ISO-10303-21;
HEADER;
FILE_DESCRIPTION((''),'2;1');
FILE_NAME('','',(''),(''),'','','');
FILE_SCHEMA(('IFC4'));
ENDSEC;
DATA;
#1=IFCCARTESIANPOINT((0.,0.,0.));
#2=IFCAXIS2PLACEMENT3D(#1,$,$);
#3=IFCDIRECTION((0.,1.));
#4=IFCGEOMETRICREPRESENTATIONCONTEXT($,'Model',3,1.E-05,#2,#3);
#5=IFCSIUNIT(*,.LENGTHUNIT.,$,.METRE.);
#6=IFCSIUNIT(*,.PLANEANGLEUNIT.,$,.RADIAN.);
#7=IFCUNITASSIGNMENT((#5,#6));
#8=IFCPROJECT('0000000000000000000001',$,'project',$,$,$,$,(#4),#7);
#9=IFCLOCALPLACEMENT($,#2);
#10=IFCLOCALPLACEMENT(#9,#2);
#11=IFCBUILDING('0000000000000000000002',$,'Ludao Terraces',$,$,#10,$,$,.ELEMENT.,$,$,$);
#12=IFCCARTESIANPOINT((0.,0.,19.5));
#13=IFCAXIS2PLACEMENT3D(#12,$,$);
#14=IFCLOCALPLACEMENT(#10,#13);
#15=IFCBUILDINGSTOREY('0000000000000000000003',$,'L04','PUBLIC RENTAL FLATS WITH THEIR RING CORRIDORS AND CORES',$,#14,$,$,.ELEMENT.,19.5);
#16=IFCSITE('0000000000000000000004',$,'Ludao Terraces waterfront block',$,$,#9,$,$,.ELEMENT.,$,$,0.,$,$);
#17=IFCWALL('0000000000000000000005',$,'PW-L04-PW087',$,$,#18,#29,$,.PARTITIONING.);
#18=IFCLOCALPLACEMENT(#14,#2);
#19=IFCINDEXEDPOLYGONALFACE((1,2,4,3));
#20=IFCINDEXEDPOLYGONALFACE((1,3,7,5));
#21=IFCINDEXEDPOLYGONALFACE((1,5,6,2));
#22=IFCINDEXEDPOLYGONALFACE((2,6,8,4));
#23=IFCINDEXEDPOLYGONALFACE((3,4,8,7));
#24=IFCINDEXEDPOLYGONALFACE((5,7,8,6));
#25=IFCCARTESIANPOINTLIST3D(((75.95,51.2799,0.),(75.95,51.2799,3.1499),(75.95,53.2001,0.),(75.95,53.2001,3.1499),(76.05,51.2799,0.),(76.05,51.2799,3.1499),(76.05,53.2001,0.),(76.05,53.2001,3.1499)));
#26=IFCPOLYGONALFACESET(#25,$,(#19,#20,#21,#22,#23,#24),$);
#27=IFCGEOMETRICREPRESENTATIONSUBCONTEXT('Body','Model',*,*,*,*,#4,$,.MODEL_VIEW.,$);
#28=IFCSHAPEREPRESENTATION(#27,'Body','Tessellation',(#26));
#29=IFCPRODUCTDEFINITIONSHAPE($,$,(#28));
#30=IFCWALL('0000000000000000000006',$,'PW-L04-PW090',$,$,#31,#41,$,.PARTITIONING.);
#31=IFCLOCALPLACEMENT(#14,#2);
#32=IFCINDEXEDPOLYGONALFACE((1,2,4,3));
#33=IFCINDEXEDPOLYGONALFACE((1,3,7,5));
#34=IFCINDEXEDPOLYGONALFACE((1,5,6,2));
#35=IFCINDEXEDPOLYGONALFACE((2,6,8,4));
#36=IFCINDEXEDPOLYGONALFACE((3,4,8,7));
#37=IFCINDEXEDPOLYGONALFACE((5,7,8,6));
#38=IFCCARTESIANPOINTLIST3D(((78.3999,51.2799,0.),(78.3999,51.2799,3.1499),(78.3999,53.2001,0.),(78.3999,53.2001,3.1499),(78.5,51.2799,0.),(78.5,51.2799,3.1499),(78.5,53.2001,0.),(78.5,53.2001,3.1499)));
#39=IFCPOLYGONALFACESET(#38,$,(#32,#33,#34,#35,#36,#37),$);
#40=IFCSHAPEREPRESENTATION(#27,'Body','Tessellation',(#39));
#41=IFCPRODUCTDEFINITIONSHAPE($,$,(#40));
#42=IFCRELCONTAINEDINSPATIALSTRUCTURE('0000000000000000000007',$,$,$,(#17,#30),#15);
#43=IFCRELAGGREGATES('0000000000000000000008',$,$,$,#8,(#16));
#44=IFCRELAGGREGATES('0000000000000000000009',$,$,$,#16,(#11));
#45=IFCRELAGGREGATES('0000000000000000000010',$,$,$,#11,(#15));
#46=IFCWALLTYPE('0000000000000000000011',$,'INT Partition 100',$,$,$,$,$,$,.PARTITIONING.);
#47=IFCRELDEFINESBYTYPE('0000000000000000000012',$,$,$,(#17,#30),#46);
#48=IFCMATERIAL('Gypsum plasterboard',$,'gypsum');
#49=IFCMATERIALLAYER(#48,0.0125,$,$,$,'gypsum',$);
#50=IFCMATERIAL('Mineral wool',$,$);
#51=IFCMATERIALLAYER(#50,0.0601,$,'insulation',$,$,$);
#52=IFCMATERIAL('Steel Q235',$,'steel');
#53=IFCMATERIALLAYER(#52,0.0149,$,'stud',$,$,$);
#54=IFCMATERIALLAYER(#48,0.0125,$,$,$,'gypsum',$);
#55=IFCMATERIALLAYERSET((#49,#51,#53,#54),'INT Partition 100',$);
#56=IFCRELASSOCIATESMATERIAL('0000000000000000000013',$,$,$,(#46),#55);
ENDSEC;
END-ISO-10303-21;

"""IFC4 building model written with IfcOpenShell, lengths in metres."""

from ifc_helpers import new_model, si_unit, direction, frame, frame_2d, origin, place, context, subcontext, project, spatial, rectangle, extrude, material, layer, layer_set, type_object, element, save


model = new_model("IFC4")

# Units and contexts
model_context = context("Model", 3, precision=1e-05, world=origin(), true_north=direction((0.0, 1.0)))
body_context = subcontext(model_context, "Body", "Model", "MODEL_VIEW")
ifc_project = project(units=[si_unit("LENGTHUNIT", "METRE"), si_unit("PLANEANGLEUNIT", "RADIAN")], contexts=[model_context])

# Site, building, storey
site_placement = place(None, origin())
site = spatial("IfcSite", under=ifc_project, at=site_placement, Name="Ludao Terraces waterfront block", CompositionType="ELEMENT", RefElevation=0.0)
building_placement = place(site_placement, origin())
building = spatial("IfcBuilding", under=site, at=building_placement, Name="Ludao Terraces", CompositionType="ELEMENT")
storey_placement = place(building_placement, frame((0.0, 0.0, 19.5)))
storey = spatial("IfcBuildingStorey", under=building, at=storey_placement, Name="L04", Description="PUBLIC RENTAL FLATS WITH THEIR RING CORRIDORS AND CORES", CompositionType="ELEMENT", Elevation=19.5)

# Shared definitions
ifc_material_1 = material(Name="Gypsum plasterboard", Category="gypsum")
ifc_layer_1 = layer(ifc_material_1, 0.0125, Category="gypsum")
ifc_material_2 = material(Name="Mineral wool")
ifc_layer_2 = layer(ifc_material_2, 0.0601, Name="insulation")
ifc_material_3 = material(Name="Steel Q235", Category="steel")
ifc_layer_3 = layer(ifc_material_3, 0.0149, Name="stud")
ifc_layer_4 = layer(ifc_material_1, 0.0125, Category="gypsum")
ifc_layer_set = layer_set([ifc_layer_1, ifc_layer_2, ifc_layer_3, ifc_layer_4], Name="INT Partition 100")
wall_type = type_object("IfcWallType", Name="INT Partition 100", PredefinedType="PARTITIONING", material=ifc_layer_set)

# Walls
for number, where, z_axis, x_axis, name in (
    (1, (76.0, 51.28, 0.0), (0.0, 0.0, 1.0), (0.0, 1.0, 0.0), "PW-L04-PW087"),
    (2, (78.45, 51.28, 0.0), (0.0, 0.0, 1.0), (0.0, 1.0, 0.0), "PW-L04-PW090"),
):
    element("IfcWall", number, at=place(storey_placement, frame(where, z_axis=z_axis, x_axis=x_axis)), inside=storey, type_object=wall_type, Name=name, PredefinedType="PARTITIONING", context=body_context, shape_type="SweptSolid", body=[
        extrude(rectangle(XDim=1.9202, YDim=0.1001, at=frame_2d((0.96, 0.0))), origin(), (0.0, 0.0, 1.0), 3.1499),
    ])

save(model, "model.ifc")
